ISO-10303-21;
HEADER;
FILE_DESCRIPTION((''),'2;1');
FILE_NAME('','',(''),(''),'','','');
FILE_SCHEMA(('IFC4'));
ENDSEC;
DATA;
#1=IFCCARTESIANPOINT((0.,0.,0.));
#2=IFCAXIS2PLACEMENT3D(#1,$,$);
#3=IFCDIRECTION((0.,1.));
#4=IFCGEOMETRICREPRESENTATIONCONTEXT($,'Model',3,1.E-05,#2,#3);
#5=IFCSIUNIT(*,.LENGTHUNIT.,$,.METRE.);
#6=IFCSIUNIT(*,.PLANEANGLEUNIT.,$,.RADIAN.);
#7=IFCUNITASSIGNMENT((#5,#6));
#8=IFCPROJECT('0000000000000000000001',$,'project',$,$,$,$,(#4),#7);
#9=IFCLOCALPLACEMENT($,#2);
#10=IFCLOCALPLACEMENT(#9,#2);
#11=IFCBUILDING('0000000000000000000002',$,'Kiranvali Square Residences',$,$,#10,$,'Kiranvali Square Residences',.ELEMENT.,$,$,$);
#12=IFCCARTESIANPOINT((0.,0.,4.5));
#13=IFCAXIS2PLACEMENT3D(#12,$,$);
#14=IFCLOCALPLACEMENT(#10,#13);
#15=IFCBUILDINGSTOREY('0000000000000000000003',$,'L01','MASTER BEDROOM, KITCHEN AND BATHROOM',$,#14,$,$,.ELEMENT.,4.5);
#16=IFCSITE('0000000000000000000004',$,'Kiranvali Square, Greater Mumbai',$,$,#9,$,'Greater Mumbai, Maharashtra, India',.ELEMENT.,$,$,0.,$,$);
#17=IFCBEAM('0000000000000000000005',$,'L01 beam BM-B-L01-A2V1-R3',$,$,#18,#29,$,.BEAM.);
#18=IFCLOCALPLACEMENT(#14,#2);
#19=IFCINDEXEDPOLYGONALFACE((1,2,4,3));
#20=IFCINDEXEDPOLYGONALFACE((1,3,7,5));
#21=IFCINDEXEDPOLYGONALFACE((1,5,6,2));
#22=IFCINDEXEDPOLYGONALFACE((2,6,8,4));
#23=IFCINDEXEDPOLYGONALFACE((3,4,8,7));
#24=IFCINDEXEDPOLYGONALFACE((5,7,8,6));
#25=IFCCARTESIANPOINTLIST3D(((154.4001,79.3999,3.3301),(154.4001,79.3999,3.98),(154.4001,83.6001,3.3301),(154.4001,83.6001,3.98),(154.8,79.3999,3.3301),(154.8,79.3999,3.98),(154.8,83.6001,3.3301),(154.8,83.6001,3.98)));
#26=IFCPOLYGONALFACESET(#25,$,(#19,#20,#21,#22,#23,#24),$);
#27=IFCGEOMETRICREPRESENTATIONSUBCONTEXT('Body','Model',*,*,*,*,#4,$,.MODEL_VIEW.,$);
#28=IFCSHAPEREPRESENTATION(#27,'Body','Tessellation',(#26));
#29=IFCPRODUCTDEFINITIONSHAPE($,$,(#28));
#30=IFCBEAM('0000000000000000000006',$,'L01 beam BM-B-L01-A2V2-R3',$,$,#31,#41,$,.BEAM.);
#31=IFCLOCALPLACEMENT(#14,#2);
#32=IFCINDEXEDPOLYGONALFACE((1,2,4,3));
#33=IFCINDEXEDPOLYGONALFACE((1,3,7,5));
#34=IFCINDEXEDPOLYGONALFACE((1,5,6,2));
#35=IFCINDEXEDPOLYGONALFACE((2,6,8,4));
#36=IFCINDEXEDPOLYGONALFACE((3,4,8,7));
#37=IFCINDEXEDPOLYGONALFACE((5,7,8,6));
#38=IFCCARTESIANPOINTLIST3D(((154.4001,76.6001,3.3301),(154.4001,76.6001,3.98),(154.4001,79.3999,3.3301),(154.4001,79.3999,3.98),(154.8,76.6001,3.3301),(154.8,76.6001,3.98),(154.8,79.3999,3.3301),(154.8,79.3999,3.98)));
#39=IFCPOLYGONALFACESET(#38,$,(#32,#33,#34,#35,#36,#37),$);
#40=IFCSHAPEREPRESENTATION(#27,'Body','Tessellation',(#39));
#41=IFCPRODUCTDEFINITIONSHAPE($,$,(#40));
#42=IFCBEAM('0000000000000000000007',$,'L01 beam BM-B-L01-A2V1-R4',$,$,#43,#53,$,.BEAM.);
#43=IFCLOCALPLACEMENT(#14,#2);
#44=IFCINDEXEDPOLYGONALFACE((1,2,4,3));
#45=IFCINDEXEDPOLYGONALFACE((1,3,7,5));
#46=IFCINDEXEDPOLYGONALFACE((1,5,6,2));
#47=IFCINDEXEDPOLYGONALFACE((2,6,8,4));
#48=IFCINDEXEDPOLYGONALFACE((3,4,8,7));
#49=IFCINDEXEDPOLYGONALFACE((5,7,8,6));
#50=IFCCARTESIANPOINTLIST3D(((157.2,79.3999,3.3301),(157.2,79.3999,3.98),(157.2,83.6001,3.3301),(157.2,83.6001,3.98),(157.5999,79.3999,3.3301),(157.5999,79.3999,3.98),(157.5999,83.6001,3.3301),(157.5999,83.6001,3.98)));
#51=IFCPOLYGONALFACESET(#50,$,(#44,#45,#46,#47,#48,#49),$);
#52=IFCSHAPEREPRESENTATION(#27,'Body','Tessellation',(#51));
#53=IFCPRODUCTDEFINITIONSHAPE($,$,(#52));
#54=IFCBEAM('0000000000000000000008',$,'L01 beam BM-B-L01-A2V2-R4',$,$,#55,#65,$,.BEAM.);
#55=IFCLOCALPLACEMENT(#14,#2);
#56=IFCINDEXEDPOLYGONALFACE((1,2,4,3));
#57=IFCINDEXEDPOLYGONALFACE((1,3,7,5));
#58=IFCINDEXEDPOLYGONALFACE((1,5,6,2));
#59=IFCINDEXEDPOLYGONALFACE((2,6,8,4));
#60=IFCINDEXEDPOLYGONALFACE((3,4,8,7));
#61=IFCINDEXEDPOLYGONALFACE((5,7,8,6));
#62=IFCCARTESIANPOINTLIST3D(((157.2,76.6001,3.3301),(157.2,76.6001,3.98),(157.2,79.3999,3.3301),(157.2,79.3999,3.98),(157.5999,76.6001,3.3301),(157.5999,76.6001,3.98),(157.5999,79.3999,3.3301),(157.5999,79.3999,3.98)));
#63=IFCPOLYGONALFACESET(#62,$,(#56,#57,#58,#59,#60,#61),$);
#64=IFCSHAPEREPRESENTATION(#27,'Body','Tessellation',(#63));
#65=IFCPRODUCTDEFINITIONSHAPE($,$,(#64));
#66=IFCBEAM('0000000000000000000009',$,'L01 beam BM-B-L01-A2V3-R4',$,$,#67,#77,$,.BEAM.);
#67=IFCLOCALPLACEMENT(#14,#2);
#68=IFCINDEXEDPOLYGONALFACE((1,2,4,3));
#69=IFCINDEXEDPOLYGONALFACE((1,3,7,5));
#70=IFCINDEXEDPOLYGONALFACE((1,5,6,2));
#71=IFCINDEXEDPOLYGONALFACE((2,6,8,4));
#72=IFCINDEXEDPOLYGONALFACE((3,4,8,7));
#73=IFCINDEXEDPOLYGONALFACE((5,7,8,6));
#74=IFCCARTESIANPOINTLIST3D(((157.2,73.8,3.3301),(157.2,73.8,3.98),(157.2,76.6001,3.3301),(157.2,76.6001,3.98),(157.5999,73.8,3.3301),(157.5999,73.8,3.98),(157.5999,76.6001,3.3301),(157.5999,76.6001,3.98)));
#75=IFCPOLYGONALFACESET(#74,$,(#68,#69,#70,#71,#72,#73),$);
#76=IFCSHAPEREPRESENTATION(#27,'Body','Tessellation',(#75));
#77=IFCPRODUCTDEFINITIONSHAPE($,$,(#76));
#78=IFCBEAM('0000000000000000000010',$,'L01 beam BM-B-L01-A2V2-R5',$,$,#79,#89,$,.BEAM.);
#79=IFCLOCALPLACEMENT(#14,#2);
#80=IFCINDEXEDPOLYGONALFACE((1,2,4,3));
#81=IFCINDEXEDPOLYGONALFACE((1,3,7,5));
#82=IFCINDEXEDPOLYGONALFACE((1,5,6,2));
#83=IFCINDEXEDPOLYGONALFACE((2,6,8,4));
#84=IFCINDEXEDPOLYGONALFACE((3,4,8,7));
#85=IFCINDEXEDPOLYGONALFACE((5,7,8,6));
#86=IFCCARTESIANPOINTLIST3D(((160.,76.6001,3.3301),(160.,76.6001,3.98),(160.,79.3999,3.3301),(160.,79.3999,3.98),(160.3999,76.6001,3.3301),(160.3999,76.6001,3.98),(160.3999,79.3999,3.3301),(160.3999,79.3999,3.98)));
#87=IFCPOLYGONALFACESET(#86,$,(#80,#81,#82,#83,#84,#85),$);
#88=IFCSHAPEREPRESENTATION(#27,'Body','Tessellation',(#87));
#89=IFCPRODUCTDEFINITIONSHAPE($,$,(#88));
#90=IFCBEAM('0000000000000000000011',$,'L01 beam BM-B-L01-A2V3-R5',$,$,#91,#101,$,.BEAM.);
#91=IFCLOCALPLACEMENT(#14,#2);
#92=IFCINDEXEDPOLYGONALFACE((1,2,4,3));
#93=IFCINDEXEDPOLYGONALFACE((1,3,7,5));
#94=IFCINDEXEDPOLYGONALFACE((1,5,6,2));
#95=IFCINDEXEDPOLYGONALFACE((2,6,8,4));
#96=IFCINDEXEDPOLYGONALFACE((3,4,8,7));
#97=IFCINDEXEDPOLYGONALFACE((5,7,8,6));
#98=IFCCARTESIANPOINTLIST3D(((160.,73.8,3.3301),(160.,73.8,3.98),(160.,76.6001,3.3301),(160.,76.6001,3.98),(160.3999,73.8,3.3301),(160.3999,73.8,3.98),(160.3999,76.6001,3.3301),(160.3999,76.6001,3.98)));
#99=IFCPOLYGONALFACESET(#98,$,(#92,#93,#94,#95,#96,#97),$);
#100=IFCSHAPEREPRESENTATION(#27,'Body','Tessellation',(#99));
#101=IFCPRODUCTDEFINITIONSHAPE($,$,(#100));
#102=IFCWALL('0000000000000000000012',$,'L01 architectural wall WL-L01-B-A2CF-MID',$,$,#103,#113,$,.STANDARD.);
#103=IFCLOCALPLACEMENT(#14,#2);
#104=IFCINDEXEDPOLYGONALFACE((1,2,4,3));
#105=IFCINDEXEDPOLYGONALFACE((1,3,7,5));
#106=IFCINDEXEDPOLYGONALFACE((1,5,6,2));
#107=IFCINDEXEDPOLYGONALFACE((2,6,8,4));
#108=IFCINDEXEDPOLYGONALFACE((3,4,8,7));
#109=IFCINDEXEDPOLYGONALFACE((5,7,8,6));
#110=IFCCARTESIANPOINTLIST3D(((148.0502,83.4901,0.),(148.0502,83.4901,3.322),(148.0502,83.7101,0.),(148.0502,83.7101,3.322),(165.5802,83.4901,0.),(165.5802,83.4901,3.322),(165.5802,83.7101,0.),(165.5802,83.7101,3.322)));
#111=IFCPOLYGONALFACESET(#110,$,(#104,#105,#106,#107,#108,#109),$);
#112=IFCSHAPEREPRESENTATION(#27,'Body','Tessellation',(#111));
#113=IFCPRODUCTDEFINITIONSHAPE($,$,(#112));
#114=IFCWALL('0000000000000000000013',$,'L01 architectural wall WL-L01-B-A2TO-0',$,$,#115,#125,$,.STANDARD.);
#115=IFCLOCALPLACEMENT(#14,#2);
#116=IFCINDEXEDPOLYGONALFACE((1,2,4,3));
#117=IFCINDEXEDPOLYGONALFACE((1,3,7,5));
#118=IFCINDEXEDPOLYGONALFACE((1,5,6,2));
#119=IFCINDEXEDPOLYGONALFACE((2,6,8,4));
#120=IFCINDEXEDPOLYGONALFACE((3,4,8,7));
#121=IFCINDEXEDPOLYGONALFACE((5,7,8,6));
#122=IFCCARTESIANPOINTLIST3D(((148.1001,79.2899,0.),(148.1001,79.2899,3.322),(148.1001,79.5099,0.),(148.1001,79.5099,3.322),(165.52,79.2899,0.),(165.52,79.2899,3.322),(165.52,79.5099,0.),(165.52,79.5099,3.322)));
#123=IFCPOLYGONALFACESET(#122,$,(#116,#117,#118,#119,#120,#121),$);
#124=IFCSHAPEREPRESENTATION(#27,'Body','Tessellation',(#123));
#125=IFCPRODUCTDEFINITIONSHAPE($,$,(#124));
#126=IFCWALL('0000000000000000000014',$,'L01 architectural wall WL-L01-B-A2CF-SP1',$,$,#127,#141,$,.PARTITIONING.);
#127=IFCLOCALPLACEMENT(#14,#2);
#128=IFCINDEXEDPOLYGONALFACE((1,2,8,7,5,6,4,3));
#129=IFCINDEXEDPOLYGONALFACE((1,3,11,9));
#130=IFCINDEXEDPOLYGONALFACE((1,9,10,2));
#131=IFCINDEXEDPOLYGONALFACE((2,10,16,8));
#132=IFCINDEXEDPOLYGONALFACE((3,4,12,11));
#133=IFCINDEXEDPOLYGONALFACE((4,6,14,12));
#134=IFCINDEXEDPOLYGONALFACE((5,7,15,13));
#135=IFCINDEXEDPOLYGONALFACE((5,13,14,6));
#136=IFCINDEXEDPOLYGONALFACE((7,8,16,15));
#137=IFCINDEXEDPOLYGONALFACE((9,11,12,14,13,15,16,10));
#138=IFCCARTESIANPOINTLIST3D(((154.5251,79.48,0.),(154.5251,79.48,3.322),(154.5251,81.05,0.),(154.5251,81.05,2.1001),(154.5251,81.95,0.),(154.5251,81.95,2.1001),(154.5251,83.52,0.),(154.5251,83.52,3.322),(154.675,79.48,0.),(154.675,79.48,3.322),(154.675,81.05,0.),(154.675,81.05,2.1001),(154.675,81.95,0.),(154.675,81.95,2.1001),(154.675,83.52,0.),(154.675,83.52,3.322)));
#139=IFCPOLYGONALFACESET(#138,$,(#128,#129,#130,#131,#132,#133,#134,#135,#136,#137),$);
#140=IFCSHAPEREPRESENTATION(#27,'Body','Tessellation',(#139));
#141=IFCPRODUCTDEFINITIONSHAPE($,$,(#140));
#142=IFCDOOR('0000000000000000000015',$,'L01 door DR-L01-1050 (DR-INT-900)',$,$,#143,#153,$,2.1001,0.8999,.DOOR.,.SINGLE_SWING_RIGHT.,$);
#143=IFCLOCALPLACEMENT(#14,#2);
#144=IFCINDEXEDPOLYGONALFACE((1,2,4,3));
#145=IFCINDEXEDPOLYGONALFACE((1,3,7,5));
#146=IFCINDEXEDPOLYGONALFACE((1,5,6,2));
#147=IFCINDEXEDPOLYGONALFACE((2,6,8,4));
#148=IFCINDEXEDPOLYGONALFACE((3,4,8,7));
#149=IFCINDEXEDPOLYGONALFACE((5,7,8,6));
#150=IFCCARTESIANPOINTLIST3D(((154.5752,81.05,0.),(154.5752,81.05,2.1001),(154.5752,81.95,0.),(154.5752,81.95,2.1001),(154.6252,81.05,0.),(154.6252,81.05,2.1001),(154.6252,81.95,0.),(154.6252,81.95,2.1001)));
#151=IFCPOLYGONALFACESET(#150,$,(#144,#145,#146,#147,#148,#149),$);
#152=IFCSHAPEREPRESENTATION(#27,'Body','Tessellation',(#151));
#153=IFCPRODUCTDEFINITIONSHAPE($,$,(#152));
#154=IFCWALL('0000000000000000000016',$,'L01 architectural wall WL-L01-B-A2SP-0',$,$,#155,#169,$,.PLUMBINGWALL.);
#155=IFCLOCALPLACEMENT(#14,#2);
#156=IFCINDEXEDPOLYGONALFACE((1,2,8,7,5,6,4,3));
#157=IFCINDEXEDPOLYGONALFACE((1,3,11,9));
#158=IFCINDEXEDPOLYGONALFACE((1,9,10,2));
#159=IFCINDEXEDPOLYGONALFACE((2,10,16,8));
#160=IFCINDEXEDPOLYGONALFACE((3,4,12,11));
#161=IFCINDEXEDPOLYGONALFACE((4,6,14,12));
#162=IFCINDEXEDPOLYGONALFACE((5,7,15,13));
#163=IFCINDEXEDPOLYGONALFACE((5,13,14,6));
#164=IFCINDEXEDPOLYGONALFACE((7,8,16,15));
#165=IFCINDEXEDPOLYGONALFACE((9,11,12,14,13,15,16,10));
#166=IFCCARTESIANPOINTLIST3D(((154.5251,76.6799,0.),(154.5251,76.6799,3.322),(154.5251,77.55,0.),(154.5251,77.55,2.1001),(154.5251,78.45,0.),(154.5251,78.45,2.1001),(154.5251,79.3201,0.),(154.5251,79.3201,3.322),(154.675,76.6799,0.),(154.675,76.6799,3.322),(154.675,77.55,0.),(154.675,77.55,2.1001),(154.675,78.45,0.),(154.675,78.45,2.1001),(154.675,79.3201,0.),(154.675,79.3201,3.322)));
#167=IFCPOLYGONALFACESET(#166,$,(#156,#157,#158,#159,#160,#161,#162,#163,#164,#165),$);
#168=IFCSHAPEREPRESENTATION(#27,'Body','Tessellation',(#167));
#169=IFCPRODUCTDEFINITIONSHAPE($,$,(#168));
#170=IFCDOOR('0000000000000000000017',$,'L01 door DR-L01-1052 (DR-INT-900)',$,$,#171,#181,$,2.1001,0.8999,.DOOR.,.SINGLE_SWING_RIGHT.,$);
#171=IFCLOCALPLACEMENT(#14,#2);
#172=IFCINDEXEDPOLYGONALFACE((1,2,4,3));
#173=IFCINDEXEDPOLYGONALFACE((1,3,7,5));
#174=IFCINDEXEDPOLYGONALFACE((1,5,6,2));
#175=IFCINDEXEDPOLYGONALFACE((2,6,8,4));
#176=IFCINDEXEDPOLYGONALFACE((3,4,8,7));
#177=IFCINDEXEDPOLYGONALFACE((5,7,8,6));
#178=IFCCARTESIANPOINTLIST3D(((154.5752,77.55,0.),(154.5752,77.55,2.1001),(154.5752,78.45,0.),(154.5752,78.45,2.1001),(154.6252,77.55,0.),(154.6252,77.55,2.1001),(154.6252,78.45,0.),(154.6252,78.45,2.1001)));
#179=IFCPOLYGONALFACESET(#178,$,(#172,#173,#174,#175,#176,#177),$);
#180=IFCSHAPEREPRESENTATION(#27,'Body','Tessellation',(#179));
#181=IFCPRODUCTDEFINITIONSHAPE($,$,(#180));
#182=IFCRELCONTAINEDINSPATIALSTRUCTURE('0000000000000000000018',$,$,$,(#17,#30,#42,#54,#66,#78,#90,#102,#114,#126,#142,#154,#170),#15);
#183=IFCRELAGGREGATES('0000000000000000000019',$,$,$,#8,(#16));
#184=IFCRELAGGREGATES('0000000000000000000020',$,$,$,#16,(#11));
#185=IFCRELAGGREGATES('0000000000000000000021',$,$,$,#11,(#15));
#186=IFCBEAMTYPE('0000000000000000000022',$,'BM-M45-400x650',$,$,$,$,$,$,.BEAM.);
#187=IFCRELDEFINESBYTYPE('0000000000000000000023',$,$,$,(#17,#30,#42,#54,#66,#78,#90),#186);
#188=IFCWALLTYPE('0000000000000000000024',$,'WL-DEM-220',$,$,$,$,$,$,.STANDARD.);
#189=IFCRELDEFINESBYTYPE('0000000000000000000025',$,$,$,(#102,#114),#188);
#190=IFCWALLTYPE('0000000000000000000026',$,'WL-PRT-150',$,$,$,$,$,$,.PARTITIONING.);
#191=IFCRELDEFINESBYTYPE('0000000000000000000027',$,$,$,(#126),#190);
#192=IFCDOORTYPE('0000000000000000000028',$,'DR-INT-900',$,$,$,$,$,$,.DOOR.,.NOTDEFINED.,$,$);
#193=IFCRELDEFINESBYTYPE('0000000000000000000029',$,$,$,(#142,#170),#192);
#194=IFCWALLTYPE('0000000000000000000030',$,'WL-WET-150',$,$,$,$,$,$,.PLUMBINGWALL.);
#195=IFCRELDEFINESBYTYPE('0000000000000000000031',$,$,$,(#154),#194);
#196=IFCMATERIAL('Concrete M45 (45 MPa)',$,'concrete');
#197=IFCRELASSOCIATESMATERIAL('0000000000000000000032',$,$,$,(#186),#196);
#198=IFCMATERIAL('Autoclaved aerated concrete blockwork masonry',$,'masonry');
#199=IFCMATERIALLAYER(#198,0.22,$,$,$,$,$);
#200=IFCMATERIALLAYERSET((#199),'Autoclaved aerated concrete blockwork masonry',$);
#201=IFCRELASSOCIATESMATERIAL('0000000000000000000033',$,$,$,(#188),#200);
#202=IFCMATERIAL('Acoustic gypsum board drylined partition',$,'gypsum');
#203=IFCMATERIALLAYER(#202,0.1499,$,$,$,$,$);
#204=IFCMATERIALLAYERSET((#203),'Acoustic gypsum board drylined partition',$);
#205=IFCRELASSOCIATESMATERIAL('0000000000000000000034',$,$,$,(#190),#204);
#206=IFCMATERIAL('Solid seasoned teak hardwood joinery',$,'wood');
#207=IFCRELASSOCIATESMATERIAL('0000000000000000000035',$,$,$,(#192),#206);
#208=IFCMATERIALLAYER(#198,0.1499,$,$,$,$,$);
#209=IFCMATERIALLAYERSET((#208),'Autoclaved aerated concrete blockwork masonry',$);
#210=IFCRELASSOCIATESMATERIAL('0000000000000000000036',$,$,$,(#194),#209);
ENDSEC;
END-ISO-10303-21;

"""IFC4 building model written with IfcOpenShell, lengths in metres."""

from ifc_helpers import new_model, si_unit, direction, frame, frame_2d, origin, origin_2d, place, context, subcontext, project, spatial, rectangle, extrude, material, layer, layer_set, material_profile, profile_set, type_object, element, fill, save


model = new_model("IFC4")

# Units and contexts
model_context = context("Model", 3, precision=1e-05, world=origin(), true_north=direction((0.0, 1.0)))
body_context = subcontext(model_context, "Body", "Model", "MODEL_VIEW")
ifc_project = project(units=[si_unit("LENGTHUNIT", "METRE"), si_unit("PLANEANGLEUNIT", "RADIAN")], contexts=[model_context])

# Site, building, storey
site_placement = place(None, origin())
site = spatial("IfcSite", under=ifc_project, at=site_placement, Name="Kiranvali Square, Greater Mumbai", LongName="Greater Mumbai, Maharashtra, India", CompositionType="ELEMENT", RefElevation=0.0)
building_placement = place(site_placement, origin())
building = spatial("IfcBuilding", under=site, at=building_placement, Name="Kiranvali Square Residences", LongName="Kiranvali Square Residences", CompositionType="ELEMENT")
storey_placement = place(building_placement, frame((0.0, 0.0, 4.5)))
storey = spatial("IfcBuildingStorey", under=building, at=storey_placement, Name="L01", Description="MASTER BEDROOM, KITCHEN AND BATHROOM", CompositionType="ELEMENT", Elevation=4.5)

# Shared definitions
ifc_material_1 = material(Name="Concrete M45 (45 MPa)", Category="concrete")

# Beams
ifc_material_profile_1 = material_profile(ifc_material_1, rectangle(XDim=0.3999, YDim=0.6499, at=origin_2d()), Name="RC 400x650")
ifc_profile_set_1 = profile_set([ifc_material_profile_1], Name="Concrete M45 (45 MPa)")
beam_type_1 = type_object("IfcBeamType", Name="BM-M45-400x650", PredefinedType="BEAM", material=ifc_profile_set_1)
beam_1_placement = place(storey_placement, frame((154.6001, 83.6001, 3.655), z_axis=(0.0, -1.0, 0.0), x_axis=(1.0, 0.0, 0.0)))
element("IfcBeam", 1, at=beam_1_placement, inside=storey, type_object=beam_type_1, Name="L01 beam BM-B-L01-A2V1-R3", PredefinedType="BEAM", context=body_context, shape_type="SweptSolid", body=[
    extrude(rectangle(XDim=0.3999, YDim=0.6499, at=origin_2d()), origin(), (0.0, 0.0, 1.0), 4.2002),
])
beam_2_placement = place(storey_placement, frame((154.6001, 79.3999, 3.655), z_axis=(0.0, -1.0, 0.0), x_axis=(1.0, 0.0, 0.0)))
element("IfcBeam", 2, at=beam_2_placement, inside=storey, type_object=beam_type_1, Name="L01 beam BM-B-L01-A2V2-R3", PredefinedType="BEAM", context=body_context, shape_type="SweptSolid", body=[
    extrude(rectangle(XDim=0.3999, YDim=0.6499, at=origin_2d()), origin(), (0.0, 0.0, 1.0), 2.7998),
])
beam_3_placement = place(storey_placement, frame((157.3999, 83.6001, 3.655), z_axis=(0.0, -1.0, 0.0), x_axis=(1.0, 0.0, 0.0)))
element("IfcBeam", 3, at=beam_3_placement, inside=storey, type_object=beam_type_1, Name="L01 beam BM-B-L01-A2V1-R4", PredefinedType="BEAM", context=body_context, shape_type="SweptSolid", body=[
    extrude(rectangle(XDim=0.3999, YDim=0.6499, at=origin_2d()), origin(), (0.0, 0.0, 1.0), 4.2002),
])
beam_4_placement = place(storey_placement, frame((157.3999, 79.3999, 3.655), z_axis=(0.0, -1.0, 0.0), x_axis=(1.0, 0.0, 0.0)))
element("IfcBeam", 4, at=beam_4_placement, inside=storey, type_object=beam_type_1, Name="L01 beam BM-B-L01-A2V2-R4", PredefinedType="BEAM", context=body_context, shape_type="SweptSolid", body=[
    extrude(rectangle(XDim=0.3999, YDim=0.6499, at=origin_2d()), origin(), (0.0, 0.0, 1.0), 2.7998),
])
beam_5_placement = place(storey_placement, frame((157.3999, 76.6001, 3.655), z_axis=(0.0, -1.0, 0.0), x_axis=(1.0, 0.0, 0.0)))
element("IfcBeam", 5, at=beam_5_placement, inside=storey, type_object=beam_type_1, Name="L01 beam BM-B-L01-A2V3-R4", PredefinedType="BEAM", context=body_context, shape_type="SweptSolid", body=[
    extrude(rectangle(XDim=0.3999, YDim=0.6499, at=origin_2d()), origin(), (0.0, 0.0, 1.0), 2.8),
])
beam_6_placement = place(storey_placement, frame((160.2, 79.3999, 3.655), z_axis=(0.0, -1.0, 0.0), x_axis=(1.0, 0.0, 0.0)))
element("IfcBeam", 6, at=beam_6_placement, inside=storey, type_object=beam_type_1, Name="L01 beam BM-B-L01-A2V2-R5", PredefinedType="BEAM", context=body_context, shape_type="SweptSolid", body=[
    extrude(rectangle(XDim=0.3999, YDim=0.6499, at=origin_2d()), origin(), (0.0, 0.0, 1.0), 2.7998),
])
beam_7_placement = place(storey_placement, frame((160.2, 76.6001, 3.655), z_axis=(0.0, -1.0, 0.0), x_axis=(1.0, 0.0, 0.0)))
element("IfcBeam", 7, at=beam_7_placement, inside=storey, type_object=beam_type_1, Name="L01 beam BM-B-L01-A2V3-R5", PredefinedType="BEAM", context=body_context, shape_type="SweptSolid", body=[
    extrude(rectangle(XDim=0.3999, YDim=0.6499, at=origin_2d()), origin(), (0.0, 0.0, 1.0), 2.8),
])

# Shared definitions
ifc_material_2 = material(Name="Autoclaved aerated concrete blockwork masonry", Category="masonry")

# Walls
ifc_layer_1 = layer(ifc_material_2, 0.22)
ifc_layer_set_1 = layer_set([ifc_layer_1], Name="Autoclaved aerated concrete blockwork masonry")
wall_type_1 = type_object("IfcWallType", Name="WL-DEM-220", PredefinedType="STANDARD", material=ifc_layer_set_1)
wall_1_placement = place(storey_placement, frame((148.05, 83.6001, 0.0), z_axis=(0.0, 0.0, 1.0), x_axis=(1.0, 0.0, 0.0)))
element("IfcWall", 8, at=wall_1_placement, inside=storey, type_object=wall_type_1, Name="L01 architectural wall WL-L01-B-A2CF-MID", PredefinedType="STANDARD", context=body_context, shape_type="SweptSolid", body=[
    extrude(rectangle(XDim=17.53, YDim=0.22, at=frame_2d((8.7651, 0.0))), origin(), (0.0, 0.0, 1.0), 3.322),
])
wall_2_placement = place(storey_placement, frame((148.1001, 79.3999, 0.0), z_axis=(0.0, 0.0, 1.0), x_axis=(1.0, 0.0, 0.0)))
element("IfcWall", 9, at=wall_2_placement, inside=storey, type_object=wall_type_1, Name="L01 architectural wall WL-L01-B-A2TO-0", PredefinedType="STANDARD", context=body_context, shape_type="SweptSolid", body=[
    extrude(rectangle(XDim=17.4199, YDim=0.22, at=frame_2d((8.71, 0.0))), origin(), (0.0, 0.0, 1.0), 3.322),
])

# Walls, openings, doors
ifc_material_3 = material(Name="Acoustic gypsum board drylined partition", Category="gypsum")
ifc_layer_2 = layer(ifc_material_3, 0.1499)
ifc_layer_set_2 = layer_set([ifc_layer_2], Name="Acoustic gypsum board drylined partition")
wall_type_2 = type_object("IfcWallType", Name="WL-PRT-150", PredefinedType="PARTITIONING", material=ifc_layer_set_2)
wall_3_placement = place(storey_placement, frame((154.6001, 83.52, 0.0), z_axis=(0.0, 0.0, 1.0), x_axis=(0.0, -1.0, 0.0)))
wall_3 = element("IfcWall", 10, at=wall_3_placement, inside=storey, type_object=wall_type_2, Name="L01 architectural wall WL-L01-B-A2CF-SP1", PredefinedType="PARTITIONING", context=body_context, shape_type="SweptSolid", body=[
    extrude(rectangle(XDim=4.04, YDim=0.1499, at=frame_2d((2.02, 0.0))), origin(), (0.0, 0.0, 1.0), 3.322),
])
opening_1_placement = place(wall_3_placement, frame((1.5701, 0.0, 0.0)))
opening_1 = element("IfcOpeningElement", 11, at=opening_1_placement, cuts=wall_3, PredefinedType="OPENING", context=body_context, shape_type="SweptSolid", body=[
    extrude(rectangle(XDim=0.8999, YDim=2.1001, at=frame_2d((0.45, 1.05))), frame((0.0, 0.085, 0.0), z_axis=(0.0, -1.0, 0.0), x_axis=(1.0, 0.0, 0.0)), (0.0, 0.0, 1.0), 0.1699),
])
ifc_material_4 = material(Name="Solid seasoned teak hardwood joinery", Category="wood")
door_type_1 = type_object("IfcDoorType", Name="DR-INT-900", OperationType="NOTDEFINED", PredefinedType="DOOR", material=ifc_material_4)
door_1_placement = place(opening_1_placement, frame((0.8999, 0.0, 0.0), z_axis=(0.0, 0.0, 1.0), x_axis=(-1.0, 0.0, 0.0)))
door_1 = element("IfcDoor", 12, at=door_1_placement, inside=storey, type_object=door_type_1, Name="L01 door DR-L01-1050 (DR-INT-900)", OperationType="SINGLE_SWING_RIGHT", OverallHeight=2.1001, OverallWidth=0.8999, PredefinedType="DOOR", context=body_context, shape_type="SweptSolid", body=[
    extrude(rectangle(XDim=0.8999, YDim=2.1001, at=frame_2d((0.45, 1.05))), frame((0.0, 0.0249, 0.0), z_axis=(0.0, -1.0, 0.0), x_axis=(1.0, 0.0, 0.0)), (0.0, 0.0, 1.0), 0.05),
])
fill(opening_1, door_1)
ifc_layer_3 = layer(ifc_material_2, 0.1499)
ifc_layer_set_3 = layer_set([ifc_layer_3], Name="Autoclaved aerated concrete blockwork masonry")
wall_type_3 = type_object("IfcWallType", Name="WL-WET-150", PredefinedType="PLUMBINGWALL", material=ifc_layer_set_3)
wall_4_placement = place(storey_placement, frame((154.6001, 79.3201, 0.0), z_axis=(0.0, 0.0, 1.0), x_axis=(0.0, -1.0, 0.0)))
wall_4 = element("IfcWall", 13, at=wall_4_placement, inside=storey, type_object=wall_type_3, Name="L01 architectural wall WL-L01-B-A2SP-0", PredefinedType="PLUMBINGWALL", context=body_context, shape_type="SweptSolid", body=[
    extrude(rectangle(XDim=2.6401, YDim=0.1499, at=frame_2d((1.3201, 0.0))), origin(), (0.0, 0.0, 1.0), 3.322),
])
opening_2_placement = place(wall_4_placement, frame((0.8701, 0.0, 0.0)))
opening_2 = element("IfcOpeningElement", 14, at=opening_2_placement, cuts=wall_4, PredefinedType="OPENING", context=body_context, shape_type="SweptSolid", body=[
    extrude(rectangle(XDim=0.8999, YDim=2.1001, at=frame_2d((0.45, 1.05))), frame((0.0, 0.085, 0.0), z_axis=(0.0, -1.0, 0.0), x_axis=(1.0, 0.0, 0.0)), (0.0, 0.0, 1.0), 0.1699),
])
door_2_placement = place(opening_2_placement, frame((0.8999, 0.0, 0.0), z_axis=(0.0, 0.0, 1.0), x_axis=(-1.0, 0.0, 0.0)))
door_2 = element("IfcDoor", 15, at=door_2_placement, inside=storey, type_object=door_type_1, Name="L01 door DR-L01-1052 (DR-INT-900)", OperationType="SINGLE_SWING_RIGHT", OverallHeight=2.1001, OverallWidth=0.8999, PredefinedType="DOOR", context=body_context, shape_type="SweptSolid", body=[
    extrude(rectangle(XDim=0.8999, YDim=2.1001, at=frame_2d((0.45, 1.05))), frame((0.0, 0.0249, 0.0), z_axis=(0.0, -1.0, 0.0), x_axis=(1.0, 0.0, 0.0)), (0.0, 0.0, 1.0), 0.05),
])
fill(opening_2, door_2)

save(model, "model.ifc")
